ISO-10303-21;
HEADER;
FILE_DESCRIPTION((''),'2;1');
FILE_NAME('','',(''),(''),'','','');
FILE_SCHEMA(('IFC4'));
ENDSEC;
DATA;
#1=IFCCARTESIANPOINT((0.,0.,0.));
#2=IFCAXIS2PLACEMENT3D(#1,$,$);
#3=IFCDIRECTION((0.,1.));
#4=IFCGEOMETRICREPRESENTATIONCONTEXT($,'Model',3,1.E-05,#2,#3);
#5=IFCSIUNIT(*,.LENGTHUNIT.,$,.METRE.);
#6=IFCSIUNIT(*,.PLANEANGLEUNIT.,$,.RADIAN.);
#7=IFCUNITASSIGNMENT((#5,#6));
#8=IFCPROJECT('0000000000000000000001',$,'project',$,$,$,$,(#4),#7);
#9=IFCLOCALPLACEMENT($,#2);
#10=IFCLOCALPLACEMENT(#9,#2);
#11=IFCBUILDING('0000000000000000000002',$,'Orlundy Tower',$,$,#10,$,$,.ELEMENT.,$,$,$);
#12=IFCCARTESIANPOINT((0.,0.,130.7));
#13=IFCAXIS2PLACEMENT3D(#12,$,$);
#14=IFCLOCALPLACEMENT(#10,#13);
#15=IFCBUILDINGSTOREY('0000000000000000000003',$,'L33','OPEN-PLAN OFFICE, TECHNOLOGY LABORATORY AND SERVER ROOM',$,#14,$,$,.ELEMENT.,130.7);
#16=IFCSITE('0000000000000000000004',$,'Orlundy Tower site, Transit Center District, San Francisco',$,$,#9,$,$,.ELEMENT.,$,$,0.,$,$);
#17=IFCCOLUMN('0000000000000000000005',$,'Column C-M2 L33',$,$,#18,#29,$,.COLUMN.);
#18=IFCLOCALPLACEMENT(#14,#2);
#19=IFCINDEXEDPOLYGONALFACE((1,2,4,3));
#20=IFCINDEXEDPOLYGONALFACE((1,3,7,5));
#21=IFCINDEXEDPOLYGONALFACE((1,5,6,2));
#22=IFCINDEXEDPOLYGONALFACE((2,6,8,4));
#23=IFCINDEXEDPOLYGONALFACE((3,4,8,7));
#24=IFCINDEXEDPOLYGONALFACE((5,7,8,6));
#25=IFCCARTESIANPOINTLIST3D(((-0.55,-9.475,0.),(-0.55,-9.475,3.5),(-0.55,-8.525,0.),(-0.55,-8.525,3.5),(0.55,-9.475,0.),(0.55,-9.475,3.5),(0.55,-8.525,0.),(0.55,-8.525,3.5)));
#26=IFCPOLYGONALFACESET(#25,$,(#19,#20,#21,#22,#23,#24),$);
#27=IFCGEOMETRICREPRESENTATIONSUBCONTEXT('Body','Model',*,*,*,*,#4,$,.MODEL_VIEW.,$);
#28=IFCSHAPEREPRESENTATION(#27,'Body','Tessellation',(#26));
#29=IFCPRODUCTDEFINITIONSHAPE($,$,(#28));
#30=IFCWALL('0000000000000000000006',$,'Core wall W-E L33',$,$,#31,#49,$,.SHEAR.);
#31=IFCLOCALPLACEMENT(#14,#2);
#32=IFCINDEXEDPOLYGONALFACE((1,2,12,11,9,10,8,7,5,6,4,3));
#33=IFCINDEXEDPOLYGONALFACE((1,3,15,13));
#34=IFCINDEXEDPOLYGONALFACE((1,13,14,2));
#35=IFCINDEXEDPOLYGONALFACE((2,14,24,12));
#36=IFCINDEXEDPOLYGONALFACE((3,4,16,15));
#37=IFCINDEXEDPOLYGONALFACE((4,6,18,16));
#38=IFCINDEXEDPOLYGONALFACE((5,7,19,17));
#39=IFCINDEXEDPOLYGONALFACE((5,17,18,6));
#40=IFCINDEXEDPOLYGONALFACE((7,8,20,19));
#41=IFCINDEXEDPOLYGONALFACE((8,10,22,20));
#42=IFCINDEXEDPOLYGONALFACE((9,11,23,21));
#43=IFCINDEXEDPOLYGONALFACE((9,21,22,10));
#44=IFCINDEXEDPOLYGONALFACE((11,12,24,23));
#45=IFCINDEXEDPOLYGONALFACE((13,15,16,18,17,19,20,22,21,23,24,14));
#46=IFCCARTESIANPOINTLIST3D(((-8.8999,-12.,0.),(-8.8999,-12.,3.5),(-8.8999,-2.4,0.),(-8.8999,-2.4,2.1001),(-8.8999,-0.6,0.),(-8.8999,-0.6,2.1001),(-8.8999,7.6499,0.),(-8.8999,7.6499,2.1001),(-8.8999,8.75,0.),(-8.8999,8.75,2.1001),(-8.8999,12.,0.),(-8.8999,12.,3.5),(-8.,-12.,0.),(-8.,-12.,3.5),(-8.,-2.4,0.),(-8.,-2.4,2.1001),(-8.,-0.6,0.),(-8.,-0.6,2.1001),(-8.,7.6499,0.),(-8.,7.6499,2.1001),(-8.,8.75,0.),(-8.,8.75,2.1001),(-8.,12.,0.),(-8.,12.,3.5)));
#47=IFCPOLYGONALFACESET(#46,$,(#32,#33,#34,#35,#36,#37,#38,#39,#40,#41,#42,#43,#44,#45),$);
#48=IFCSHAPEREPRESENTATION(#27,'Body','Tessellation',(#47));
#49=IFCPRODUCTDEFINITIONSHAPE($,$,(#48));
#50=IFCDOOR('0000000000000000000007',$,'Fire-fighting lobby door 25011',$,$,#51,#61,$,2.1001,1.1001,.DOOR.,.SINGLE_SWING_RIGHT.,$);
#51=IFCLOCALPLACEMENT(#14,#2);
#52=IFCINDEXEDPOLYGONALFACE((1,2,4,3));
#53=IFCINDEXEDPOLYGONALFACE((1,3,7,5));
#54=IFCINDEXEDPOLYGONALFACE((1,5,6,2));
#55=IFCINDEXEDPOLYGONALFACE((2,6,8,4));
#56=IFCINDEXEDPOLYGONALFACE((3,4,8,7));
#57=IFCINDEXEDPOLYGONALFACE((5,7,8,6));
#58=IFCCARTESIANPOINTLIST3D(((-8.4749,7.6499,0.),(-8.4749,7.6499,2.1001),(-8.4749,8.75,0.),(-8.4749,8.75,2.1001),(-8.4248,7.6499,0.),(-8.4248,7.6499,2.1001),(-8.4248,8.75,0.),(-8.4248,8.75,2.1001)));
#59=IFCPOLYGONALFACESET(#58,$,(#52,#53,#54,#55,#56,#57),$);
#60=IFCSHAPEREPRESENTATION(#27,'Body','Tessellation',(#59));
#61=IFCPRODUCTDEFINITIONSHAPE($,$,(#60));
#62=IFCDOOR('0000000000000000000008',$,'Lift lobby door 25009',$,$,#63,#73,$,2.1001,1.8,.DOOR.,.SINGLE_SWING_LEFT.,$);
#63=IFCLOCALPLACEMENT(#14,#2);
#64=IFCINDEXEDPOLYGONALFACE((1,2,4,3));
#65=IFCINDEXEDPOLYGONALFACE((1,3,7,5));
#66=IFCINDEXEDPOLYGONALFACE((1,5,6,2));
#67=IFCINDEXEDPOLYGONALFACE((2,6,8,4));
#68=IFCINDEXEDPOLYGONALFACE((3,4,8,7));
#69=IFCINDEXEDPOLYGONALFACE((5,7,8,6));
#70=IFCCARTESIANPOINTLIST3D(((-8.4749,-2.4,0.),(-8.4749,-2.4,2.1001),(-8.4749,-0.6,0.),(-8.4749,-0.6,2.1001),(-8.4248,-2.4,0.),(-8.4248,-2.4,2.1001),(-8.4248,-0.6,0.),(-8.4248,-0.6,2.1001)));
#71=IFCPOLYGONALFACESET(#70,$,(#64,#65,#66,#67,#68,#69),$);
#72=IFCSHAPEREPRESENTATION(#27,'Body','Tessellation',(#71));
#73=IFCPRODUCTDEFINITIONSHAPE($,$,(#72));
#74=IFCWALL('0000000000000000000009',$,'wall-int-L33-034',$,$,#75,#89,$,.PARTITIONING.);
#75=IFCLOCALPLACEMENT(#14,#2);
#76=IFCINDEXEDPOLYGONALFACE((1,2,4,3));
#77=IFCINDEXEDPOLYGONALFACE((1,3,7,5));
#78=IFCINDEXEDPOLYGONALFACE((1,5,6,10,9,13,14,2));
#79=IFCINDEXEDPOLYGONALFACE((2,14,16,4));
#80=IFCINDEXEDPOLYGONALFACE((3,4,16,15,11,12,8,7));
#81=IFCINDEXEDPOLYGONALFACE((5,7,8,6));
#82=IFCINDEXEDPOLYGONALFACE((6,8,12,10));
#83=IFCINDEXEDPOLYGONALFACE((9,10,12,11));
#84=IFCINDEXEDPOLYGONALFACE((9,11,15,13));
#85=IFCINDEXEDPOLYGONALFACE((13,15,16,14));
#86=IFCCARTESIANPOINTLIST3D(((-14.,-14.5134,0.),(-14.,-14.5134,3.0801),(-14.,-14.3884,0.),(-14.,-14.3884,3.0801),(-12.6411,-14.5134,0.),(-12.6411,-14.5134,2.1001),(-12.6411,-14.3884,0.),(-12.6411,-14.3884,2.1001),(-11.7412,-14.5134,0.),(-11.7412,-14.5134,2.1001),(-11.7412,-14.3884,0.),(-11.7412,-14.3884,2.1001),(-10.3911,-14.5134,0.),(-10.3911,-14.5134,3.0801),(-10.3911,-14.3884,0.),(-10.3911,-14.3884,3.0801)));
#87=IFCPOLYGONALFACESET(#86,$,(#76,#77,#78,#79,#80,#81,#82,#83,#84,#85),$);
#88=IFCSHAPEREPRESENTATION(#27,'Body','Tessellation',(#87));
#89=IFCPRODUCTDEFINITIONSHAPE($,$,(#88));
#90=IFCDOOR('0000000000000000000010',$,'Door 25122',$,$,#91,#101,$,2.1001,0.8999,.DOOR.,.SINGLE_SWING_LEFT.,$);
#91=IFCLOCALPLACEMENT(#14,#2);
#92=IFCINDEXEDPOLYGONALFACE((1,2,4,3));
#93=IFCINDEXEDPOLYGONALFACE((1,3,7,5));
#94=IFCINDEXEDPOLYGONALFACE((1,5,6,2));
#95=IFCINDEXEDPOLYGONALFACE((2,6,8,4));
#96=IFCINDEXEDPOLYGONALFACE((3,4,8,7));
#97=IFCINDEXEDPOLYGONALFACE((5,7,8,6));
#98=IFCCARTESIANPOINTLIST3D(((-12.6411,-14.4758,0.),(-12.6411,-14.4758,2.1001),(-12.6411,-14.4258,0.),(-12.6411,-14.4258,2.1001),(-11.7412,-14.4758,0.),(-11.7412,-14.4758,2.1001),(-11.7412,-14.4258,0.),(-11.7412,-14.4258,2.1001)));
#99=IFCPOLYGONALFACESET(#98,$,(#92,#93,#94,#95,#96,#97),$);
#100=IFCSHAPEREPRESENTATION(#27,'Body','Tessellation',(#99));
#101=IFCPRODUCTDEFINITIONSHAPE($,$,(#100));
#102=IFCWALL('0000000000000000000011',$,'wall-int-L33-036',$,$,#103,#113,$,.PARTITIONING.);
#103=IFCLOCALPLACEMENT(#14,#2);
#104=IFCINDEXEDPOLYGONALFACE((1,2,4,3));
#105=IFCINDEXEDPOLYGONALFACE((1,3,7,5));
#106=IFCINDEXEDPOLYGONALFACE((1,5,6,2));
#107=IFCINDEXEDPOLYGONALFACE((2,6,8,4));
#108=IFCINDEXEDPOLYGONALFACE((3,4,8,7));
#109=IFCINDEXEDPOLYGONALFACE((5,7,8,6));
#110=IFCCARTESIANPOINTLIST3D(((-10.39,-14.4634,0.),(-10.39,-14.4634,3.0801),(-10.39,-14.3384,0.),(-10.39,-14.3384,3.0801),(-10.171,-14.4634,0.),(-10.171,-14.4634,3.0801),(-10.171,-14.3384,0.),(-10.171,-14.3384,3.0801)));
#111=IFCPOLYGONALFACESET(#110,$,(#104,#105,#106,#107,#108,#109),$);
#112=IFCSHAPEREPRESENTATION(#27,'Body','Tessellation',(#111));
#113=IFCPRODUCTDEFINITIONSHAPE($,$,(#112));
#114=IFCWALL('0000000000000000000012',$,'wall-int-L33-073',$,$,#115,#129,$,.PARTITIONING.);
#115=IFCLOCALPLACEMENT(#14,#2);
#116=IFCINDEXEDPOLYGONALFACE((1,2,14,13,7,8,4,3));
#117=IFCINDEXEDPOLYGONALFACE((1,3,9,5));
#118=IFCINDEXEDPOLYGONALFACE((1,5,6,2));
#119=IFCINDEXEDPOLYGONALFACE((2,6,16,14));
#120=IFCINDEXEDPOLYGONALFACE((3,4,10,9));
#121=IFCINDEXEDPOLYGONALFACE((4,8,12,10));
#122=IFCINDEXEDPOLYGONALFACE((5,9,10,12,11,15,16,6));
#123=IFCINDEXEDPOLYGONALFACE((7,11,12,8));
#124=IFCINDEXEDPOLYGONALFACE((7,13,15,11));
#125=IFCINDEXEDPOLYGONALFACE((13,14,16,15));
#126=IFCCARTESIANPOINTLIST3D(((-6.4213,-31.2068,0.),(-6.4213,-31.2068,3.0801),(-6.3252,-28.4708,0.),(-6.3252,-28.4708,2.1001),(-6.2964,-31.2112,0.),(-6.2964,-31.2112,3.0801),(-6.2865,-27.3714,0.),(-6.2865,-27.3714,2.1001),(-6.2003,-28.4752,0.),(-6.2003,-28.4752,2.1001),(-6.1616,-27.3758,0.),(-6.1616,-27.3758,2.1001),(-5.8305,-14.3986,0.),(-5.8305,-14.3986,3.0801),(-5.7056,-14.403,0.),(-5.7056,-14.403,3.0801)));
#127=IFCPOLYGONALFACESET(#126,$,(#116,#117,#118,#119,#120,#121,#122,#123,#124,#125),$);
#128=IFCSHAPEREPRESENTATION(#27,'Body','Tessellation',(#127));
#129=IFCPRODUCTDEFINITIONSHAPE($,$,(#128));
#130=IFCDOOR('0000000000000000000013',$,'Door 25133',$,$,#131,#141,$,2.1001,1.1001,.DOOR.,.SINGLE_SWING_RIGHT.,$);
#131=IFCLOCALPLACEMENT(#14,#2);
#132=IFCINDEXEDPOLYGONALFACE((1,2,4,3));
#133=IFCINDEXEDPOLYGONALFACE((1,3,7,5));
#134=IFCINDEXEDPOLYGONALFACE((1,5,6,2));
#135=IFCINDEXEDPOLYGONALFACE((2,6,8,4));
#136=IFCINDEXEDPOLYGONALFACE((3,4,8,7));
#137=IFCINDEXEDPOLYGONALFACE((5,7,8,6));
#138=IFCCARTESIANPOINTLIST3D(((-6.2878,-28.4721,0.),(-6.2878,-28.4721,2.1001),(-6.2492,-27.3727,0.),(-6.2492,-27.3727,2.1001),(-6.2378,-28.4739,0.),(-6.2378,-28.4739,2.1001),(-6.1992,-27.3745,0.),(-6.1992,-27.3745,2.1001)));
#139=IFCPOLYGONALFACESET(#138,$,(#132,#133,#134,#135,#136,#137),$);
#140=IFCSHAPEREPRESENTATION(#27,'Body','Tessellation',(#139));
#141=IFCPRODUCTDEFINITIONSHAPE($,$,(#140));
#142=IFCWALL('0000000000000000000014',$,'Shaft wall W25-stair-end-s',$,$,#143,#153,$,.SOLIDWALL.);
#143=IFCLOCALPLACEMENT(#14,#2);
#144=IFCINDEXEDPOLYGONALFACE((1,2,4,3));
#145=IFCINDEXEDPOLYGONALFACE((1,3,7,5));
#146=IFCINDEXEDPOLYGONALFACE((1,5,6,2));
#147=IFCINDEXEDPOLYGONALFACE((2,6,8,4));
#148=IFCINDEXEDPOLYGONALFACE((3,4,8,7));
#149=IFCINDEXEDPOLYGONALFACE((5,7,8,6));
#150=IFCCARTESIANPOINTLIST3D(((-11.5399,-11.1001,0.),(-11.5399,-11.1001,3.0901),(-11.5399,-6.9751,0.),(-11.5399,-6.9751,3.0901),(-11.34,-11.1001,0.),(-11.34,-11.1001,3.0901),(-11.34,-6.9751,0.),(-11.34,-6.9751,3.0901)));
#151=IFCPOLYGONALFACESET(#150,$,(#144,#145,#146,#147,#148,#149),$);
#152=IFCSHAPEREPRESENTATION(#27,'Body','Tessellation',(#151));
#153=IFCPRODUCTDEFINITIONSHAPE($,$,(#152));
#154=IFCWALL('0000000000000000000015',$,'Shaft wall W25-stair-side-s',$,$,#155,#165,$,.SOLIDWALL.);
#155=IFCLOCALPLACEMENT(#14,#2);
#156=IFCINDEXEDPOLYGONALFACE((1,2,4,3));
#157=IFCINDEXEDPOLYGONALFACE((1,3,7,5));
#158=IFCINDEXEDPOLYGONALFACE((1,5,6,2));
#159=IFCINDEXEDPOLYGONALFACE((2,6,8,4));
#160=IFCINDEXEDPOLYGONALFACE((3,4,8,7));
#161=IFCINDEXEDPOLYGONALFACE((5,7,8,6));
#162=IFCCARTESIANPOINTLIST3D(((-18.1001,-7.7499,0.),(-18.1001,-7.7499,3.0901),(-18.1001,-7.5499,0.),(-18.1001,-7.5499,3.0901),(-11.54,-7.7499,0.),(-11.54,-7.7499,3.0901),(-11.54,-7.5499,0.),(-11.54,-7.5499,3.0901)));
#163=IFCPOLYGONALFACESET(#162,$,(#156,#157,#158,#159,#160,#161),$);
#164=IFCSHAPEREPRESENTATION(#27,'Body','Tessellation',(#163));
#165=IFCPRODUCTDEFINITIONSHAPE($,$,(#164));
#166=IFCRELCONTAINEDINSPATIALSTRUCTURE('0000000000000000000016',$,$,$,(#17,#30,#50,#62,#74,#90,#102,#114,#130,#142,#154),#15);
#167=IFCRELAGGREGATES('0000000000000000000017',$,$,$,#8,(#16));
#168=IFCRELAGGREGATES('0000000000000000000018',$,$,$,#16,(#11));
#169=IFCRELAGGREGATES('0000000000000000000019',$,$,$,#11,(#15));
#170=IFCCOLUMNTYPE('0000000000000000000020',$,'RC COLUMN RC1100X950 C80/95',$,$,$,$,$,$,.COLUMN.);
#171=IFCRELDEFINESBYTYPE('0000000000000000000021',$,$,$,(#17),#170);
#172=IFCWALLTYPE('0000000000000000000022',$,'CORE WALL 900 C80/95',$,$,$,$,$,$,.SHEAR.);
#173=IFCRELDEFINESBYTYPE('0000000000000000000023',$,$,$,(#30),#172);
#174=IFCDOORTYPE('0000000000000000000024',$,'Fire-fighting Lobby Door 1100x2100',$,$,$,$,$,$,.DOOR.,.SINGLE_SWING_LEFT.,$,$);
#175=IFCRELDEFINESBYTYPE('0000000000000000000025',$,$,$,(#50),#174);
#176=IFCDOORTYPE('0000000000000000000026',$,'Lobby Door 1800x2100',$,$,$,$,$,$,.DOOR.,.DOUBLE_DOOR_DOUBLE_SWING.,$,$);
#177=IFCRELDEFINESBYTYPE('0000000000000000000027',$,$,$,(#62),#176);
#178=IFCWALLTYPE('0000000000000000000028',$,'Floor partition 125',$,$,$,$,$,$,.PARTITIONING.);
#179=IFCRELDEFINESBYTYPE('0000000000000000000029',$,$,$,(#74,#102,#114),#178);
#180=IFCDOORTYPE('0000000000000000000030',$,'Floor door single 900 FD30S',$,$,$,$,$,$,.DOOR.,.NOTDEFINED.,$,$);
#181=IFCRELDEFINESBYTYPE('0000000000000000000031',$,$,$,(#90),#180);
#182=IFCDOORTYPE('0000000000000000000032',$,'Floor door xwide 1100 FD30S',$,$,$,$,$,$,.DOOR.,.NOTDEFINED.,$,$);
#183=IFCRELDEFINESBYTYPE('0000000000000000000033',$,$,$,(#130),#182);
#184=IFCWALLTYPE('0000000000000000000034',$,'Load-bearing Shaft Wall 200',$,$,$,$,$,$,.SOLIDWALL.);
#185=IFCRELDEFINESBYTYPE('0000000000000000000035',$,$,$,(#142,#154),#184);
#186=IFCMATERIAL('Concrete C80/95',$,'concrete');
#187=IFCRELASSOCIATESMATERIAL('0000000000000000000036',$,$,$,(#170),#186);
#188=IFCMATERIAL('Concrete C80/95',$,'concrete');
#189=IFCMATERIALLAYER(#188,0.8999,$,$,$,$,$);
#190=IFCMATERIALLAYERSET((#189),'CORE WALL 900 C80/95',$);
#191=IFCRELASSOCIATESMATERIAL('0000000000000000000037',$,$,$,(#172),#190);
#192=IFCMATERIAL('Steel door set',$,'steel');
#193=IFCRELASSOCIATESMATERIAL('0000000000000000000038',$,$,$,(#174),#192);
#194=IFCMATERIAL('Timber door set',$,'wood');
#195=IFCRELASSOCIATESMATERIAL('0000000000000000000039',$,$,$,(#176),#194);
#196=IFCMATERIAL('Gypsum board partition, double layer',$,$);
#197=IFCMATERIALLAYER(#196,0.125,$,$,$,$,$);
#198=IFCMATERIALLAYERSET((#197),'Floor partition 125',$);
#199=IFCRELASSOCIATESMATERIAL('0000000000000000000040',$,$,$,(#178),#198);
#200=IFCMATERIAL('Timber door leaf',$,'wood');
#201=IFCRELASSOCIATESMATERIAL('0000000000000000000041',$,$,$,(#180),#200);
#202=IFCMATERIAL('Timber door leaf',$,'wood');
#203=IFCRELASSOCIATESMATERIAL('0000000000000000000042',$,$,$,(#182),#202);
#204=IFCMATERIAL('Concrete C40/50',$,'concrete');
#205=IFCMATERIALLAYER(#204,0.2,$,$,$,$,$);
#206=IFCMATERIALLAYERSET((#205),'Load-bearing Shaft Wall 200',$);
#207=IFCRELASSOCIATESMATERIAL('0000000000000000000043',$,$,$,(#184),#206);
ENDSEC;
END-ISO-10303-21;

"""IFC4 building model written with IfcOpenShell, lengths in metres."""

from ifc_helpers import new_model, si_unit, direction, frame, frame_2d, origin, origin_2d, place, context, subcontext, project, spatial, rectangle, extrude, material, layer, layer_set, material_profile, profile_set, type_object, element, fill, save


model = new_model("IFC4")

# Units and contexts
model_context = context("Model", 3, precision=1e-05, world=origin(), true_north=direction((0.0, 1.0)))
body_context = subcontext(model_context, "Body", "Model", "MODEL_VIEW")
ifc_project = project(units=[si_unit("LENGTHUNIT", "METRE"), si_unit("PLANEANGLEUNIT", "RADIAN")], contexts=[model_context])

# Site, building, storey
site_placement = place(None, origin())
site = spatial("IfcSite", under=ifc_project, at=site_placement, Name="Orlundy Tower site, Transit Center District, San Francisco", CompositionType="ELEMENT", RefElevation=0.0)
building_placement = place(site_placement, origin())
building = spatial("IfcBuilding", under=site, at=building_placement, Name="Orlundy Tower", CompositionType="ELEMENT")
storey_placement = place(building_placement, frame((0.0, 0.0, 130.7)))
storey = spatial("IfcBuildingStorey", under=building, at=storey_placement, Name="L33", Description="OPEN-PLAN OFFICE, TECHNOLOGY LABORATORY AND SERVER ROOM", CompositionType="ELEMENT", Elevation=130.7)

# Column
ifc_material_1 = material(Name="Concrete C80/95", Category="concrete")
ifc_material_profile = material_profile(ifc_material_1, rectangle(XDim=1.1001, YDim=0.95, at=origin_2d()), Name="RC1100X950")
ifc_profile_set = profile_set([ifc_material_profile], Name="Concrete C80/95")
column_type = type_object("IfcColumnType", Name="RC COLUMN RC1100X950 C80/95", PredefinedType="COLUMN", material=ifc_profile_set)
column_placement = place(storey_placement, frame((0.0, -9.0, 0.0), z_axis=(0.0, 0.0, 1.0), x_axis=(1.0, 0.0, 0.0)))
element("IfcColumn", 1, at=column_placement, inside=storey, type_object=column_type, Name="Column C-M2 L33", PredefinedType="COLUMN", context=body_context, shape_type="SweptSolid", body=[
    extrude(rectangle(XDim=1.1001, YDim=0.95, at=origin_2d()), origin(), (0.0, 0.0, 1.0), 3.5),
])

# Wall, openings, doors
ifc_material_2 = material(Name="Concrete C80/95", Category="concrete")
ifc_layer_1 = layer(ifc_material_2, 0.8999)
ifc_layer_set_1 = layer_set([ifc_layer_1], Name="CORE WALL 900 C80/95")
wall_type_1 = type_object("IfcWallType", Name="CORE WALL 900 C80/95", PredefinedType="SHEAR", material=ifc_layer_set_1)
wall_1_placement = place(storey_placement, frame((-8.45, -12.0, 0.0), z_axis=(0.0, 0.0, 1.0), x_axis=(0.0, 1.0, 0.0)))
wall_1 = element("IfcWall", 2, at=wall_1_placement, inside=storey, type_object=wall_type_1, Name="Core wall W-E L33", PredefinedType="SHEAR", context=body_context, shape_type="SweptSolid", body=[
    extrude(rectangle(XDim=24.0, YDim=0.8999, at=frame_2d((12.0, 0.0))), origin(), (0.0, 0.0, 1.0), 3.5),
])
opening_1_placement = place(wall_1_placement, frame((9.6001, 0.0, 0.0)))
opening_1 = element("IfcOpeningElement", 3, at=opening_1_placement, cuts=wall_1, PredefinedType="OPENING", context=body_context, shape_type="SweptSolid", body=[
    extrude(rectangle(XDim=1.8, YDim=2.1001, at=frame_2d((0.8999, 1.05))), frame((0.0, 0.46, 0.0), z_axis=(0.0, -1.0, 0.0), x_axis=(1.0, 0.0, 0.0)), (0.0, 0.0, 1.0), 0.9199),
])
opening_2_placement = place(wall_1_placement, frame((19.6499, 0.0, 0.0)))
opening_2 = element("IfcOpeningElement", 4, at=opening_2_placement, cuts=wall_1, PredefinedType="OPENING", context=body_context, shape_type="SweptSolid", body=[
    extrude(rectangle(XDim=1.1001, YDim=2.1001, at=frame_2d((0.55, 1.05))), frame((0.0, 0.46, 0.0), z_axis=(0.0, -1.0, 0.0), x_axis=(1.0, 0.0, 0.0)), (0.0, 0.0, 1.0), 0.9199),
])
ifc_material_3 = material(Name="Steel door set", Category="steel")
door_type_1 = type_object("IfcDoorType", Name="Fire-fighting Lobby Door 1100x2100", OperationType="SINGLE_SWING_LEFT", PredefinedType="DOOR", material=ifc_material_3)
door_1_placement = place(opening_2_placement, origin())
door_1 = element("IfcDoor", 5, at=door_1_placement, inside=storey, type_object=door_type_1, Name="Fire-fighting lobby door 25011", OperationType="SINGLE_SWING_RIGHT", OverallHeight=2.1001, OverallWidth=1.1001, PredefinedType="DOOR", context=body_context, shape_type="SweptSolid", body=[
    extrude(rectangle(XDim=1.1001, YDim=2.1001, at=frame_2d((0.55, 1.05))), frame((0.0, 0.0249, 0.0), z_axis=(0.0, -1.0, 0.0), x_axis=(1.0, 0.0, 0.0)), (0.0, 0.0, 1.0), 0.05),
])
fill(opening_2, door_1)
ifc_material_4 = material(Name="Timber door set", Category="wood")
door_type_2 = type_object("IfcDoorType", Name="Lobby Door 1800x2100", OperationType="DOUBLE_DOOR_DOUBLE_SWING", PredefinedType="DOOR", material=ifc_material_4)
door_2_placement = place(opening_1_placement, origin())
door_2 = element("IfcDoor", 6, at=door_2_placement, inside=storey, type_object=door_type_2, Name="Lift lobby door 25009", OperationType="SINGLE_SWING_LEFT", OverallHeight=2.1001, OverallWidth=1.8, PredefinedType="DOOR", context=body_context, shape_type="SweptSolid", body=[
    extrude(rectangle(XDim=1.8, YDim=2.1001, at=frame_2d((0.8999, 1.05))), frame((0.0, 0.0249, 0.0), z_axis=(0.0, -1.0, 0.0), x_axis=(1.0, 0.0, 0.0)), (0.0, 0.0, 1.0), 0.05),
])
fill(opening_1, door_2)

# Wall, opening, door
ifc_material_5 = material(Name="Gypsum board partition, double layer")
ifc_layer_2 = layer(ifc_material_5, 0.125)
ifc_layer_set_2 = layer_set([ifc_layer_2], Name="Floor partition 125")
wall_type_2 = type_object("IfcWallType", Name="Floor partition 125", PredefinedType="PARTITIONING", material=ifc_layer_set_2)
wall_2_placement = place(storey_placement, frame((-10.3911, -14.4509, 0.0), z_axis=(0.0, 0.0, 1.0), x_axis=(-1.0, 0.0, 0.0)))
wall_2 = element("IfcWall", 7, at=wall_2_placement, inside=storey, type_object=wall_type_2, Name="wall-int-L33-034", PredefinedType="PARTITIONING", context=body_context, shape_type="SweptSolid", body=[
    extrude(rectangle(XDim=3.6089, YDim=0.125, at=frame_2d((1.8044, 0.0))), origin(), (0.0, 0.0, 1.0), 3.0801),
])
opening_3_placement = place(wall_2_placement, frame((1.3501, 0.0, 0.0)))
opening_3 = element("IfcOpeningElement", 8, at=opening_3_placement, cuts=wall_2, PredefinedType="OPENING", context=body_context, shape_type="SweptSolid", body=[
    extrude(rectangle(XDim=0.8999, YDim=2.1001, at=frame_2d((0.45, 1.05))), frame((0.0, 0.0725, 0.0), z_axis=(0.0, -1.0, 0.0), x_axis=(1.0, 0.0, 0.0)), (0.0, 0.0, 1.0), 0.145),
])
ifc_material_6 = material(Name="Timber door leaf", Category="wood")
door_type_3 = type_object("IfcDoorType", Name="Floor door single 900 FD30S", OperationType="NOTDEFINED", PredefinedType="DOOR", material=ifc_material_6)
door_3_placement = place(opening_3_placement, origin())
door_3 = element("IfcDoor", 9, at=door_3_placement, inside=storey, type_object=door_type_3, Name="Door 25122", OperationType="SINGLE_SWING_LEFT", OverallHeight=2.1001, OverallWidth=0.8999, PredefinedType="DOOR", context=body_context, shape_type="SweptSolid", body=[
    extrude(rectangle(XDim=0.8999, YDim=2.1001, at=frame_2d((0.45, 1.05))), frame((0.0, 0.0249, 0.0), z_axis=(0.0, -1.0, 0.0), x_axis=(1.0, 0.0, 0.0)), (0.0, 0.0, 1.0), 0.05),
])
fill(opening_3, door_3)

# Wall
wall_3_placement = place(storey_placement, frame((-10.3899, -14.4009, 0.0), z_axis=(0.0, 0.0, 1.0), x_axis=(1.0, 0.0, 0.0)))
element("IfcWall", 10, at=wall_3_placement, inside=storey, type_object=wall_type_2, Name="wall-int-L33-036", PredefinedType="PARTITIONING", context=body_context, shape_type="SweptSolid", body=[
    extrude(rectangle(XDim=0.219, YDim=0.125, at=frame_2d((0.1094, 0.0))), origin(), (0.0, 0.0, 1.0), 3.0801),
])

# Wall, opening, door
wall_4_placement = place(storey_placement, frame((-5.7681, -14.4009, 0.0), z_axis=(0.0, 0.0, 1.0), x_axis=(-0.035129, -0.999383, 0.0)))
wall_4 = element("IfcWall", 11, at=wall_4_placement, inside=storey, type_object=wall_type_2, Name="wall-int-L33-073", PredefinedType="PARTITIONING", context=body_context, shape_type="SweptSolid", body=[
    extrude(rectangle(XDim=16.8186, YDim=0.125, at=frame_2d((8.4092, 0.0))), origin(), (0.0, 0.0, 1.0), 3.0801),
])
opening_4_placement = place(wall_4_placement, frame((12.9807, 0.0, 0.0)))
opening_4 = element("IfcOpeningElement", 12, at=opening_4_placement, cuts=wall_4, PredefinedType="OPENING", context=body_context, shape_type="SweptSolid", body=[
    extrude(rectangle(XDim=1.1001, YDim=2.1001, at=frame_2d((0.55, 1.05))), frame((0.0, 0.0725, 0.0), z_axis=(0.0, -1.0, 0.0), x_axis=(1.0, 0.0, 0.0)), (0.0, 0.0, 1.0), 0.145),
])
ifc_material_7 = material(Name="Timber door leaf", Category="wood")
door_type_4 = type_object("IfcDoorType", Name="Floor door xwide 1100 FD30S", OperationType="NOTDEFINED", PredefinedType="DOOR", material=ifc_material_7)
door_4_placement = place(opening_4_placement, origin())
door_4 = element("IfcDoor", 13, at=door_4_placement, inside=storey, type_object=door_type_4, Name="Door 25133", OperationType="SINGLE_SWING_RIGHT", OverallHeight=2.1001, OverallWidth=1.1001, PredefinedType="DOOR", context=body_context, shape_type="SweptSolid", body=[
    extrude(rectangle(XDim=1.1001, YDim=2.1001, at=frame_2d((0.55, 1.05))), frame((0.0, 0.0249, 0.0), z_axis=(0.0, -1.0, 0.0), x_axis=(1.0, 0.0, 0.0)), (0.0, 0.0, 1.0), 0.05),
])
fill(opening_4, door_4)

# Walls
ifc_material_8 = material(Name="Concrete C40/50", Category="concrete")
ifc_layer_3 = layer(ifc_material_8, 0.2)
ifc_layer_set_3 = layer_set([ifc_layer_3], Name="Load-bearing Shaft Wall 200")
wall_type_3 = type_object("IfcWallType", Name="Load-bearing Shaft Wall 200", PredefinedType="SOLIDWALL", material=ifc_layer_set_3)
wall_5_placement = place(storey_placement, frame((-11.4399, -11.1001, 0.0), z_axis=(0.0, 0.0, 1.0), x_axis=(0.0, 1.0, 0.0)))
element("IfcWall", 14, at=wall_5_placement, inside=storey, type_object=wall_type_3, Name="Shaft wall W25-stair-end-s", PredefinedType="SOLIDWALL", context=body_context, shape_type="SweptSolid", body=[
    extrude(rectangle(XDim=4.125, YDim=0.2, at=frame_2d((2.0625, 0.0))), origin(), (0.0, 0.0, 1.0), 3.0901),
])
wall_6_placement = place(storey_placement, frame((-11.54, -7.6499, 0.0), z_axis=(0.0, 0.0, 1.0), x_axis=(-1.0, 0.0, 0.0)))
element("IfcWall", 15, at=wall_6_placement, inside=storey, type_object=wall_type_3, Name="Shaft wall W25-stair-side-s", PredefinedType="SOLIDWALL", context=body_context, shape_type="SweptSolid", body=[
    extrude(rectangle(XDim=6.5601, YDim=0.2, at=frame_2d((3.28, 0.0))), origin(), (0.0, 0.0, 1.0), 3.0901),
])

save(model, "model.ifc")
